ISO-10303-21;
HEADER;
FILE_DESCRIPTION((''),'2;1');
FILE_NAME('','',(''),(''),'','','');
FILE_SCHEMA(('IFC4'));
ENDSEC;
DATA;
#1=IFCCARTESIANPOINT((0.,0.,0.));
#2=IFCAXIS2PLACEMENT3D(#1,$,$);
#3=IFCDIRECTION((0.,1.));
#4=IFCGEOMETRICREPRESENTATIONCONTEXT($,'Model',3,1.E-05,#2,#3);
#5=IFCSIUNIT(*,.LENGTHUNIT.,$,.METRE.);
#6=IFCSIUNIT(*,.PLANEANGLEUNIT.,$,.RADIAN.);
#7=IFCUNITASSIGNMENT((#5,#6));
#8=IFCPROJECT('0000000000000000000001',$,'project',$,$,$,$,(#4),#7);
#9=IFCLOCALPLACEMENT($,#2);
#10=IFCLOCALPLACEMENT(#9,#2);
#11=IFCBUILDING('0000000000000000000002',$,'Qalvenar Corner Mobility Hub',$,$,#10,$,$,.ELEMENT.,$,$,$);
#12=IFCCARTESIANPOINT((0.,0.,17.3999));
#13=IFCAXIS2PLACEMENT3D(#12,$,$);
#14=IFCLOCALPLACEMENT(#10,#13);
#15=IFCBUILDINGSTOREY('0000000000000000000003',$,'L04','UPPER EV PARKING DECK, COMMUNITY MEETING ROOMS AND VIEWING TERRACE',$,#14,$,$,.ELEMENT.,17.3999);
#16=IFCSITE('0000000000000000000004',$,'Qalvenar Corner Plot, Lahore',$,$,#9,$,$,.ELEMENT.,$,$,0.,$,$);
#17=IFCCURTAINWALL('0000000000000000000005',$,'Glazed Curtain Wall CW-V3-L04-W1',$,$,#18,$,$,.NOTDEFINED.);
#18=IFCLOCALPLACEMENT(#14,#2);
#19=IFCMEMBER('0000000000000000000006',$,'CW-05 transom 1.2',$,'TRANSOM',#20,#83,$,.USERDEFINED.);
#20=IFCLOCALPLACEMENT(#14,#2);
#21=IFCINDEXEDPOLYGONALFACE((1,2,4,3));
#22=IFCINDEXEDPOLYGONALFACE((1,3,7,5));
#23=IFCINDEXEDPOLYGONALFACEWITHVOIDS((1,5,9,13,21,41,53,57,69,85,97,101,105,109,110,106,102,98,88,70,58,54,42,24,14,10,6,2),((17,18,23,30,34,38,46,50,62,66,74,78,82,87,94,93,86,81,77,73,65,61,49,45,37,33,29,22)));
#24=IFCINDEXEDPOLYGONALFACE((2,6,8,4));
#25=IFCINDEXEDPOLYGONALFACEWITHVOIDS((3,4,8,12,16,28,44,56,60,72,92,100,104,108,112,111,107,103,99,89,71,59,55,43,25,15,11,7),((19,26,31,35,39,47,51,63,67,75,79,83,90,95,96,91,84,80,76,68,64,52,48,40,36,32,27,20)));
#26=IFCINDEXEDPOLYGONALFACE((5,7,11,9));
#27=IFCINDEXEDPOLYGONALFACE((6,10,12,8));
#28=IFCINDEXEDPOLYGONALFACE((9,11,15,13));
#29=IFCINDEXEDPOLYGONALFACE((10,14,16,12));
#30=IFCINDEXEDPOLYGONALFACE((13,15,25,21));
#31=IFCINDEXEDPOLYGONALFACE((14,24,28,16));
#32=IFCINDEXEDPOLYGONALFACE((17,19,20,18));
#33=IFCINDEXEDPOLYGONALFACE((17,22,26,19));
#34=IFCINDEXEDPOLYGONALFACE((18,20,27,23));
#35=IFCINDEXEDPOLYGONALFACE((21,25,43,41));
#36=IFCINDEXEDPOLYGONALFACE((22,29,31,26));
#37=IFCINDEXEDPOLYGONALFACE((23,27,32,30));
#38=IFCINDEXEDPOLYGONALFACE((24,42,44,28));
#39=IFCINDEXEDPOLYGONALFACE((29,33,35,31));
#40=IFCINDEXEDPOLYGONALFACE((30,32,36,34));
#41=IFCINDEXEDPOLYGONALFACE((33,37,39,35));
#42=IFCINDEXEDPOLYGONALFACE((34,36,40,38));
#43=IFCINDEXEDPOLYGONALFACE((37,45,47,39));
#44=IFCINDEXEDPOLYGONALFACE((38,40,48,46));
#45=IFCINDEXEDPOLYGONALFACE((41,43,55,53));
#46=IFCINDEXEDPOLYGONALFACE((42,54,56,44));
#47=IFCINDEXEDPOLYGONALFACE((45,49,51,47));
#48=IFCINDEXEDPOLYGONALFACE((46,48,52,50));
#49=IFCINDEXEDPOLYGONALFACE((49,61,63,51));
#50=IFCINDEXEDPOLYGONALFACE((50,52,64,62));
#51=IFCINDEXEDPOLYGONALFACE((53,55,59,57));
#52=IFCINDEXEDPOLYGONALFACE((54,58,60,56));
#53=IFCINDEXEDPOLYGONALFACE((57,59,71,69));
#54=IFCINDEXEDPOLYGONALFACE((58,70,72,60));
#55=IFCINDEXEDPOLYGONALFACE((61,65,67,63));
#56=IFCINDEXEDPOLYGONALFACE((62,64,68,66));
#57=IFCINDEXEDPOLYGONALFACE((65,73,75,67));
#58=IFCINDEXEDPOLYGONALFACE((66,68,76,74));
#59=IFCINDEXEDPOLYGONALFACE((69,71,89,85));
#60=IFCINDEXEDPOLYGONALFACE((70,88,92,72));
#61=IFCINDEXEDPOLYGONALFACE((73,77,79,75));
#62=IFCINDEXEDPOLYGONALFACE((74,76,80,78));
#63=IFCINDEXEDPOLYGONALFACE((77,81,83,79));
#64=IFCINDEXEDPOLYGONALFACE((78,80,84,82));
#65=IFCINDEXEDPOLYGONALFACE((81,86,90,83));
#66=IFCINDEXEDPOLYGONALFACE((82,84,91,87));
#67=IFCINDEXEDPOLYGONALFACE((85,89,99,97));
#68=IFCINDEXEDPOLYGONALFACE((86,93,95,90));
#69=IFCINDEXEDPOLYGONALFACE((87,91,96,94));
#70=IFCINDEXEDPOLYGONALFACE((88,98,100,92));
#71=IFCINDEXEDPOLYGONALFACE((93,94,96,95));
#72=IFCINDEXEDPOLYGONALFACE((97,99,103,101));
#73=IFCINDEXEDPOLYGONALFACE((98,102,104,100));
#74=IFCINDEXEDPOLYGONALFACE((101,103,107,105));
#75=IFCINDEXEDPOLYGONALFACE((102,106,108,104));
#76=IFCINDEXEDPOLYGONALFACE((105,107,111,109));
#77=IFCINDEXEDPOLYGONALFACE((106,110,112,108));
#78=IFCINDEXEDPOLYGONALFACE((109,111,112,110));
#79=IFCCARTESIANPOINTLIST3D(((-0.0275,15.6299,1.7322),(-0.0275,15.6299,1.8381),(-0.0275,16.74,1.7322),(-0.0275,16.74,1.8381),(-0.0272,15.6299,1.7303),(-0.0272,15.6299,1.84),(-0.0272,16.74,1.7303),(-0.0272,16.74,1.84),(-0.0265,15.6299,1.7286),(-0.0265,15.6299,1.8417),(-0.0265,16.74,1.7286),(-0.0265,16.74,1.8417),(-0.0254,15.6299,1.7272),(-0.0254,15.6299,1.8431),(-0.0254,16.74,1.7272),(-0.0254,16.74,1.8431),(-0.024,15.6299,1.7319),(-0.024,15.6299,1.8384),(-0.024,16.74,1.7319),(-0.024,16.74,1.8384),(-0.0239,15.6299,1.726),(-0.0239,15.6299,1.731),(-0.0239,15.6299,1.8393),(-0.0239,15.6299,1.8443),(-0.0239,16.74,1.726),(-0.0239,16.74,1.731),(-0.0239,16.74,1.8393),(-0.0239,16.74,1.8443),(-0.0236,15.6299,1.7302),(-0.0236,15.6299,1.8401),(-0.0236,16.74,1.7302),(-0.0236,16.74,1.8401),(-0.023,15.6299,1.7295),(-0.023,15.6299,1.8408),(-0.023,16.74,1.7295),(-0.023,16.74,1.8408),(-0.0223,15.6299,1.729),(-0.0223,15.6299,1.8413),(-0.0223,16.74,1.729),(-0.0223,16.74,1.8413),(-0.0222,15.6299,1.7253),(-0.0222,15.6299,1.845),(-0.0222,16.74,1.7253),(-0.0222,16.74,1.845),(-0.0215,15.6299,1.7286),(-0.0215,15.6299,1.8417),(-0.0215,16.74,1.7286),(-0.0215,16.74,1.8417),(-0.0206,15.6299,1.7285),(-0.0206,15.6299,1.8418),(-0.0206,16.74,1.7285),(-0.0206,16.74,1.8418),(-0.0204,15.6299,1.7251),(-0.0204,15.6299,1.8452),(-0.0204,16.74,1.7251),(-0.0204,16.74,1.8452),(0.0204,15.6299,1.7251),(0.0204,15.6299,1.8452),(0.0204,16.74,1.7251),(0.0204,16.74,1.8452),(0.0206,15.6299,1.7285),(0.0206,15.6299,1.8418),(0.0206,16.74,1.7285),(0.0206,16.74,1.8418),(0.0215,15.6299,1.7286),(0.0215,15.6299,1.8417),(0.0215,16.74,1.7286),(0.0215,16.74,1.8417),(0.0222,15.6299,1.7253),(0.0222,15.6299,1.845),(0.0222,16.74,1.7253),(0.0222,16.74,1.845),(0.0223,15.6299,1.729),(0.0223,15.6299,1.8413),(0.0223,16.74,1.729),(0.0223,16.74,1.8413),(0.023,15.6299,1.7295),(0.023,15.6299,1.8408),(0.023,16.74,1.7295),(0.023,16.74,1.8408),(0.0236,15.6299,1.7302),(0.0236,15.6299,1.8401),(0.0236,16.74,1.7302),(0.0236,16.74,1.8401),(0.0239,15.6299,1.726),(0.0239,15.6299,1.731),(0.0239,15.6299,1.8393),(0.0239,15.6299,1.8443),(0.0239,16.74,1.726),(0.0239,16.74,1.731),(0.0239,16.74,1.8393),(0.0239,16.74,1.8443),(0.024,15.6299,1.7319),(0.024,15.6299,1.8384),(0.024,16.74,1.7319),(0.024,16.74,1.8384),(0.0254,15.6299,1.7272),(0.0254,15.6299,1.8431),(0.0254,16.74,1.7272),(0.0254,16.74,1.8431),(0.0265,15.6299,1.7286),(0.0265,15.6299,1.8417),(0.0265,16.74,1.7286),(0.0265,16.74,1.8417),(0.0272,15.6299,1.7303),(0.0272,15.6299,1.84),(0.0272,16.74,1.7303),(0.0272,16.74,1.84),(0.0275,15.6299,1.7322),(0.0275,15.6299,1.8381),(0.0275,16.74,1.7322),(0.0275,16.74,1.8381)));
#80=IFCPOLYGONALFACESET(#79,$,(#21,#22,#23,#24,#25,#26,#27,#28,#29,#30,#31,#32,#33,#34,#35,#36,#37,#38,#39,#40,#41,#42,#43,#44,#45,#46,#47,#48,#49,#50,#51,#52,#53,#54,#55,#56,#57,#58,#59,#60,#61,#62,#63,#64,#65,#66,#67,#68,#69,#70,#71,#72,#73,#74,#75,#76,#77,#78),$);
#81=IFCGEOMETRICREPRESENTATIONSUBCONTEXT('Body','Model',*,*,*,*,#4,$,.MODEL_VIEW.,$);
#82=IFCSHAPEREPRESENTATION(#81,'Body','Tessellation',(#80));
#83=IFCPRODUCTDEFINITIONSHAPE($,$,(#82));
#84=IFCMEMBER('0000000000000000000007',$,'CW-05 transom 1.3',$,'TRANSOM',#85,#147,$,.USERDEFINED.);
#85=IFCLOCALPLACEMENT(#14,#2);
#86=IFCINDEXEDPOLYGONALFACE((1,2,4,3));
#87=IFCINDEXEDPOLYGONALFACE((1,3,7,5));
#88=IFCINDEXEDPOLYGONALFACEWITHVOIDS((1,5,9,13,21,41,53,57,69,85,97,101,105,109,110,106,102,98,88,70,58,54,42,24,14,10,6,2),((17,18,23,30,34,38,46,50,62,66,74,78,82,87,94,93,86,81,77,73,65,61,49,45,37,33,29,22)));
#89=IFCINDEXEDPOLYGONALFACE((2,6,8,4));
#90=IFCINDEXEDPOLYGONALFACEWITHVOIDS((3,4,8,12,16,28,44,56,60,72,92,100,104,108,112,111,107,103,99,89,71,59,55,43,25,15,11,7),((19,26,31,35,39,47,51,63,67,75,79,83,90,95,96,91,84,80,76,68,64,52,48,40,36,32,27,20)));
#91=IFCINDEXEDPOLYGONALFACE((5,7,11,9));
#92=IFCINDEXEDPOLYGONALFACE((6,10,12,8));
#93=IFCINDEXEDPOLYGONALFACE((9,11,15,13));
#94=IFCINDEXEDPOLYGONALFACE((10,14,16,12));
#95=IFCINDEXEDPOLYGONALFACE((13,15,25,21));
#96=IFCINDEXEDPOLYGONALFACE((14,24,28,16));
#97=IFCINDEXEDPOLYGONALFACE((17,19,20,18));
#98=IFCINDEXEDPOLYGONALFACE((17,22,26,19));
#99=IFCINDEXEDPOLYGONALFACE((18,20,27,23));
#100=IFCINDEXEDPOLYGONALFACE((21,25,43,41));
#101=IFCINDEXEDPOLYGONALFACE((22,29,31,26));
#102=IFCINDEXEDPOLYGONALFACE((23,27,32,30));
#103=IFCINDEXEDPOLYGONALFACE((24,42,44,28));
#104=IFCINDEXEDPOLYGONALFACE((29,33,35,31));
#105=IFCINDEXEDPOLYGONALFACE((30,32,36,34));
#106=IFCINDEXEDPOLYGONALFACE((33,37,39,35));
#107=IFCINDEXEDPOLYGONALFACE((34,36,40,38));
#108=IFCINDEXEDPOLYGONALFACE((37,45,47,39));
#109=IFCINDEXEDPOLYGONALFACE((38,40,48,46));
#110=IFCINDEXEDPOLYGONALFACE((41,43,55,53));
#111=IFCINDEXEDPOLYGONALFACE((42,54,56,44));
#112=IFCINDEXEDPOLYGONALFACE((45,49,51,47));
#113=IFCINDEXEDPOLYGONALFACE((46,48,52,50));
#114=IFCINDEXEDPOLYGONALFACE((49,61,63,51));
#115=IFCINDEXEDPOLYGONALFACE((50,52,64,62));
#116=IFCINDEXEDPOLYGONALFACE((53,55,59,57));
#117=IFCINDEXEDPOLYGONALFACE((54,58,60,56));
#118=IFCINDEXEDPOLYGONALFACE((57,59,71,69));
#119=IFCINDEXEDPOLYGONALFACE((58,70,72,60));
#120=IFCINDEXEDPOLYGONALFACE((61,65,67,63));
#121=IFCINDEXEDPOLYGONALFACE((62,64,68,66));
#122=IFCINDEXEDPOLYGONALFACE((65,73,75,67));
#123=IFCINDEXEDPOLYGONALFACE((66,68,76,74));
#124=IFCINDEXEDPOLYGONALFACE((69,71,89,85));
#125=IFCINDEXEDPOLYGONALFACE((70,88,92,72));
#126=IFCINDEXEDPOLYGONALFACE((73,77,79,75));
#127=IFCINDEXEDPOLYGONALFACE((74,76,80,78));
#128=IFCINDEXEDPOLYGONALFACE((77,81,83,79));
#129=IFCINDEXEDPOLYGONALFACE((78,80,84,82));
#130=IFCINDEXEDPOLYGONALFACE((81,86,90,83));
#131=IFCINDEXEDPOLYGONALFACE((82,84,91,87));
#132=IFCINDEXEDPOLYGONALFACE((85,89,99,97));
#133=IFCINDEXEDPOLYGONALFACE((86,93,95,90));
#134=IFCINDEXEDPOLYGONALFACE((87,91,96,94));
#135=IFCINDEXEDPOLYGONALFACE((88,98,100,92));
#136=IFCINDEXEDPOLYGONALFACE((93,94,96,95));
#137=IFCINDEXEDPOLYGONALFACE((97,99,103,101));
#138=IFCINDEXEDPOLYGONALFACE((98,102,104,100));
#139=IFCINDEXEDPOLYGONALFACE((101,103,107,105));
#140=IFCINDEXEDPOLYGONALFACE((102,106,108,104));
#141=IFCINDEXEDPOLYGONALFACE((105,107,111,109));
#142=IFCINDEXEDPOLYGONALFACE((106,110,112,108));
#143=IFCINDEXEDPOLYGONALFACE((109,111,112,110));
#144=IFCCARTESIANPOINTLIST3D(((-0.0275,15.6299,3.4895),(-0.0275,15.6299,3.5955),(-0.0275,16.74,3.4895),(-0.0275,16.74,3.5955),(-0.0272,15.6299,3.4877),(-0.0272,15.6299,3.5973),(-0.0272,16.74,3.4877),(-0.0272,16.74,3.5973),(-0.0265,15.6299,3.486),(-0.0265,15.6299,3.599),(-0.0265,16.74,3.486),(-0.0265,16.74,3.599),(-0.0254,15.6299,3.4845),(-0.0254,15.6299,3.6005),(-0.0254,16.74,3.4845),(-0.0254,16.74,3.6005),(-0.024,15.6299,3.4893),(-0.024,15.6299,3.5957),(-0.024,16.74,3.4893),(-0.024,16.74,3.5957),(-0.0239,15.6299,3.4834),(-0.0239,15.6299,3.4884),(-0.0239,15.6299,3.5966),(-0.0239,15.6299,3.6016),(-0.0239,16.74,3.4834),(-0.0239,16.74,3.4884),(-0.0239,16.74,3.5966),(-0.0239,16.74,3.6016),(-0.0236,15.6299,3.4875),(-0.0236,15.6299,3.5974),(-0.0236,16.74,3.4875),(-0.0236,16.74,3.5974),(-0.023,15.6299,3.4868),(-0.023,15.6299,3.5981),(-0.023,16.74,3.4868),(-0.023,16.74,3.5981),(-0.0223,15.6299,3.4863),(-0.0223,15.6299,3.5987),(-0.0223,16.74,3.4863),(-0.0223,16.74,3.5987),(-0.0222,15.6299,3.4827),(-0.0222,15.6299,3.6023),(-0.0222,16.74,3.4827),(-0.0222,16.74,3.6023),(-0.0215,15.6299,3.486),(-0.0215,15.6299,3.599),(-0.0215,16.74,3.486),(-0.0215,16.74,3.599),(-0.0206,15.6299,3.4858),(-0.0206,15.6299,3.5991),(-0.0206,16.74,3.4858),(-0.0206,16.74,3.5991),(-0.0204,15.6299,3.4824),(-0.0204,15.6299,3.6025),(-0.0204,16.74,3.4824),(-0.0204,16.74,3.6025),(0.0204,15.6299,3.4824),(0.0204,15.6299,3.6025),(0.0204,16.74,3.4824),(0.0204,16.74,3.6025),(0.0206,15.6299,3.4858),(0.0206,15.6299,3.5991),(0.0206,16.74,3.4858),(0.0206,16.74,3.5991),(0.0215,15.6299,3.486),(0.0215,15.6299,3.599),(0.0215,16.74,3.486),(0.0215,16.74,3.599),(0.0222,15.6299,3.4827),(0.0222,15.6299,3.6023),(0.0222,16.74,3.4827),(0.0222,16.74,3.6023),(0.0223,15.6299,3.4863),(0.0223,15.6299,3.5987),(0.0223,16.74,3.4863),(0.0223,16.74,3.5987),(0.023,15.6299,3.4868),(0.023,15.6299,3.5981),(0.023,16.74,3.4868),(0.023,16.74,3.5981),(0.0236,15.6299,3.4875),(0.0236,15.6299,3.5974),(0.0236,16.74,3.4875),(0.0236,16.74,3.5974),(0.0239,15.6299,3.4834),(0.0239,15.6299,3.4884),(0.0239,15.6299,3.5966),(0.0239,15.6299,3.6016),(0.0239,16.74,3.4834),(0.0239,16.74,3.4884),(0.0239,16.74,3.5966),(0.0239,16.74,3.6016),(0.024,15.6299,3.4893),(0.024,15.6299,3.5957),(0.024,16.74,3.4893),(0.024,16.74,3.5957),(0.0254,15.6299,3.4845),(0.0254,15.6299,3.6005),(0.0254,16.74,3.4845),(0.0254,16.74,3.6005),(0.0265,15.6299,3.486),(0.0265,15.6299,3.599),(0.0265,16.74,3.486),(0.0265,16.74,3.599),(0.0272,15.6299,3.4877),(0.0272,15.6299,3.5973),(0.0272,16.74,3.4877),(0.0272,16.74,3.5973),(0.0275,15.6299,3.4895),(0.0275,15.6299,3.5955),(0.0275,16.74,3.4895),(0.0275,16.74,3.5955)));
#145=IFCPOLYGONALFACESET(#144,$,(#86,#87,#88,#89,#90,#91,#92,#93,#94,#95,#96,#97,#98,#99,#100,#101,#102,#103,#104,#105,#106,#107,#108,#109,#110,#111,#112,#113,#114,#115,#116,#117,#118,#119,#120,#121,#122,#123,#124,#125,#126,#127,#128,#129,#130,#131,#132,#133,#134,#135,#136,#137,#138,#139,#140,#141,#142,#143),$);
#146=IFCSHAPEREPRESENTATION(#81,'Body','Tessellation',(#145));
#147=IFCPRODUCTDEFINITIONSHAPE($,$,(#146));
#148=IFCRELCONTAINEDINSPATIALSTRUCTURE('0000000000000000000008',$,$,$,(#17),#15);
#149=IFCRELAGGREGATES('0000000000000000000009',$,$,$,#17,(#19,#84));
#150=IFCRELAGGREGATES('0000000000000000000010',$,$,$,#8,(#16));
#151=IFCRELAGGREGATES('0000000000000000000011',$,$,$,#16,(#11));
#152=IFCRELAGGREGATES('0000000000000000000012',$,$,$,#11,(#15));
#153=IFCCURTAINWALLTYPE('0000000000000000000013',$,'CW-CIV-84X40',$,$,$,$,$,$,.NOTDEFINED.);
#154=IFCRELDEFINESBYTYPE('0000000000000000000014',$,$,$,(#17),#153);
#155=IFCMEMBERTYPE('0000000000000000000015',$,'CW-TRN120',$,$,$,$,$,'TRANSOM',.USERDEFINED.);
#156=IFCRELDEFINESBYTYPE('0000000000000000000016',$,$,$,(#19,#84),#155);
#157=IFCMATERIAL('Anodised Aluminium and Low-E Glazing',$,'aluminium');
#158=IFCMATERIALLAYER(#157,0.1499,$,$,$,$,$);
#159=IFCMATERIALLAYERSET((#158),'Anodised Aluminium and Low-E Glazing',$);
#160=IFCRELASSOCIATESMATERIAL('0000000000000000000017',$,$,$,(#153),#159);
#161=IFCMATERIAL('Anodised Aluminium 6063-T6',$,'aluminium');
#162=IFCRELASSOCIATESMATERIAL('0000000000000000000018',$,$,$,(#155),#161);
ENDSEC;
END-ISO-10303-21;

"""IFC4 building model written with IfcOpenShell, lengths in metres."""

from ifc_helpers import new_model, si_unit, direction, frame, origin, origin_2d, place, context, subcontext, project, spatial, hollow_rectangle, extrude, material, layer, layer_set, material_profile, profile_set, type_object, element, aggregate, save


model = new_model("IFC4")

# Units and contexts
model_context = context("Model", 3, precision=1e-05, world=origin(), true_north=direction((0.0, 1.0)))
body_context = subcontext(model_context, "Body", "Model", "MODEL_VIEW")
ifc_project = project(units=[si_unit("LENGTHUNIT", "METRE"), si_unit("PLANEANGLEUNIT", "RADIAN")], contexts=[model_context])

# Site, building, storey
site_placement = place(None, origin())
site = spatial("IfcSite", under=ifc_project, at=site_placement, Name="Qalvenar Corner Plot, Lahore", CompositionType="ELEMENT", RefElevation=0.0)
building_placement = place(site_placement, origin())
building = spatial("IfcBuilding", under=site, at=building_placement, Name="Qalvenar Corner Mobility Hub", CompositionType="ELEMENT")
storey_placement = place(building_placement, frame((0.0, 0.0, 17.3999)))
storey = spatial("IfcBuildingStorey", under=building, at=storey_placement, Name="L04", Description="UPPER EV PARKING DECK, COMMUNITY MEETING ROOMS AND VIEWING TERRACE", CompositionType="ELEMENT", Elevation=17.3999)

# Curtain wall
ifc_material_1 = material(Name="Anodised Aluminium and Low-E Glazing", Category="aluminium")
ifc_layer_1 = layer(ifc_material_1, 0.1499)
ifc_layer_set_1 = layer_set([ifc_layer_1], Name="Anodised Aluminium and Low-E Glazing")
curtain_wall_type = type_object("IfcCurtainWallType", Name="CW-CIV-84X40", PredefinedType="NOTDEFINED", material=ifc_layer_set_1)
curtain_wall_1_placement = place(storey_placement, origin())
curtain_wall_1 = element("IfcCurtainWall", 1, at=curtain_wall_1_placement, inside=storey, type_object=curtain_wall_type, Name="Glazed Curtain Wall CW-V3-L04-W1", PredefinedType="NOTDEFINED")
ifc_material_2 = material(Name="Anodised Aluminium 6063-T6", Category="aluminium")

# Members
ifc_material_profile_1 = material_profile(ifc_material_2, hollow_rectangle(XDim=0.0549, YDim=0.1201, WallThickness=0.0034, InnerFilletRadius=0.0034, OuterFilletRadius=0.0071, at=origin_2d()), Name="RHS120x55x3.5")
ifc_profile_set_1 = profile_set([ifc_material_profile_1], Name="Anodised Aluminium 6063-T6")
member_type_1 = type_object("IfcMemberType", Name="CW-TRN120", ElementType="TRANSOM", PredefinedType="USERDEFINED", material=ifc_profile_set_1)
member_1_placement = place(storey_placement, frame((0.0, 16.74, 1.7852), z_axis=(0.0, -1.0, 0.0), x_axis=(1.0, 0.0, 0.0)))
member_1 = element("IfcMember", 2, at=member_1_placement, type_object=member_type_1, Name="CW-05 transom 1.2", ObjectType="TRANSOM", PredefinedType="USERDEFINED", context=body_context, shape_type="SweptSolid", body=[
    extrude(hollow_rectangle(XDim=0.0549, YDim=0.1201, WallThickness=0.0034, InnerFilletRadius=0.0034, OuterFilletRadius=0.0071, at=origin_2d()), origin(), (0.0, 0.0, 1.0), 1.1101),
])
member_2_placement = place(storey_placement, frame((0.0, 16.74, 3.5425), z_axis=(0.0, -1.0, 0.0), x_axis=(1.0, 0.0, 0.0)))
member_2 = element("IfcMember", 3, at=member_2_placement, type_object=member_type_1, Name="CW-05 transom 1.3", ObjectType="TRANSOM", PredefinedType="USERDEFINED", context=body_context, shape_type="SweptSolid", body=[
    extrude(hollow_rectangle(XDim=0.0549, YDim=0.1201, WallThickness=0.0034, InnerFilletRadius=0.0034, OuterFilletRadius=0.0071, at=origin_2d()), origin(), (0.0, 0.0, 1.0), 1.1101),
])

aggregate(curtain_wall_1, [member_1, member_2])

save(model, "model.ifc")
